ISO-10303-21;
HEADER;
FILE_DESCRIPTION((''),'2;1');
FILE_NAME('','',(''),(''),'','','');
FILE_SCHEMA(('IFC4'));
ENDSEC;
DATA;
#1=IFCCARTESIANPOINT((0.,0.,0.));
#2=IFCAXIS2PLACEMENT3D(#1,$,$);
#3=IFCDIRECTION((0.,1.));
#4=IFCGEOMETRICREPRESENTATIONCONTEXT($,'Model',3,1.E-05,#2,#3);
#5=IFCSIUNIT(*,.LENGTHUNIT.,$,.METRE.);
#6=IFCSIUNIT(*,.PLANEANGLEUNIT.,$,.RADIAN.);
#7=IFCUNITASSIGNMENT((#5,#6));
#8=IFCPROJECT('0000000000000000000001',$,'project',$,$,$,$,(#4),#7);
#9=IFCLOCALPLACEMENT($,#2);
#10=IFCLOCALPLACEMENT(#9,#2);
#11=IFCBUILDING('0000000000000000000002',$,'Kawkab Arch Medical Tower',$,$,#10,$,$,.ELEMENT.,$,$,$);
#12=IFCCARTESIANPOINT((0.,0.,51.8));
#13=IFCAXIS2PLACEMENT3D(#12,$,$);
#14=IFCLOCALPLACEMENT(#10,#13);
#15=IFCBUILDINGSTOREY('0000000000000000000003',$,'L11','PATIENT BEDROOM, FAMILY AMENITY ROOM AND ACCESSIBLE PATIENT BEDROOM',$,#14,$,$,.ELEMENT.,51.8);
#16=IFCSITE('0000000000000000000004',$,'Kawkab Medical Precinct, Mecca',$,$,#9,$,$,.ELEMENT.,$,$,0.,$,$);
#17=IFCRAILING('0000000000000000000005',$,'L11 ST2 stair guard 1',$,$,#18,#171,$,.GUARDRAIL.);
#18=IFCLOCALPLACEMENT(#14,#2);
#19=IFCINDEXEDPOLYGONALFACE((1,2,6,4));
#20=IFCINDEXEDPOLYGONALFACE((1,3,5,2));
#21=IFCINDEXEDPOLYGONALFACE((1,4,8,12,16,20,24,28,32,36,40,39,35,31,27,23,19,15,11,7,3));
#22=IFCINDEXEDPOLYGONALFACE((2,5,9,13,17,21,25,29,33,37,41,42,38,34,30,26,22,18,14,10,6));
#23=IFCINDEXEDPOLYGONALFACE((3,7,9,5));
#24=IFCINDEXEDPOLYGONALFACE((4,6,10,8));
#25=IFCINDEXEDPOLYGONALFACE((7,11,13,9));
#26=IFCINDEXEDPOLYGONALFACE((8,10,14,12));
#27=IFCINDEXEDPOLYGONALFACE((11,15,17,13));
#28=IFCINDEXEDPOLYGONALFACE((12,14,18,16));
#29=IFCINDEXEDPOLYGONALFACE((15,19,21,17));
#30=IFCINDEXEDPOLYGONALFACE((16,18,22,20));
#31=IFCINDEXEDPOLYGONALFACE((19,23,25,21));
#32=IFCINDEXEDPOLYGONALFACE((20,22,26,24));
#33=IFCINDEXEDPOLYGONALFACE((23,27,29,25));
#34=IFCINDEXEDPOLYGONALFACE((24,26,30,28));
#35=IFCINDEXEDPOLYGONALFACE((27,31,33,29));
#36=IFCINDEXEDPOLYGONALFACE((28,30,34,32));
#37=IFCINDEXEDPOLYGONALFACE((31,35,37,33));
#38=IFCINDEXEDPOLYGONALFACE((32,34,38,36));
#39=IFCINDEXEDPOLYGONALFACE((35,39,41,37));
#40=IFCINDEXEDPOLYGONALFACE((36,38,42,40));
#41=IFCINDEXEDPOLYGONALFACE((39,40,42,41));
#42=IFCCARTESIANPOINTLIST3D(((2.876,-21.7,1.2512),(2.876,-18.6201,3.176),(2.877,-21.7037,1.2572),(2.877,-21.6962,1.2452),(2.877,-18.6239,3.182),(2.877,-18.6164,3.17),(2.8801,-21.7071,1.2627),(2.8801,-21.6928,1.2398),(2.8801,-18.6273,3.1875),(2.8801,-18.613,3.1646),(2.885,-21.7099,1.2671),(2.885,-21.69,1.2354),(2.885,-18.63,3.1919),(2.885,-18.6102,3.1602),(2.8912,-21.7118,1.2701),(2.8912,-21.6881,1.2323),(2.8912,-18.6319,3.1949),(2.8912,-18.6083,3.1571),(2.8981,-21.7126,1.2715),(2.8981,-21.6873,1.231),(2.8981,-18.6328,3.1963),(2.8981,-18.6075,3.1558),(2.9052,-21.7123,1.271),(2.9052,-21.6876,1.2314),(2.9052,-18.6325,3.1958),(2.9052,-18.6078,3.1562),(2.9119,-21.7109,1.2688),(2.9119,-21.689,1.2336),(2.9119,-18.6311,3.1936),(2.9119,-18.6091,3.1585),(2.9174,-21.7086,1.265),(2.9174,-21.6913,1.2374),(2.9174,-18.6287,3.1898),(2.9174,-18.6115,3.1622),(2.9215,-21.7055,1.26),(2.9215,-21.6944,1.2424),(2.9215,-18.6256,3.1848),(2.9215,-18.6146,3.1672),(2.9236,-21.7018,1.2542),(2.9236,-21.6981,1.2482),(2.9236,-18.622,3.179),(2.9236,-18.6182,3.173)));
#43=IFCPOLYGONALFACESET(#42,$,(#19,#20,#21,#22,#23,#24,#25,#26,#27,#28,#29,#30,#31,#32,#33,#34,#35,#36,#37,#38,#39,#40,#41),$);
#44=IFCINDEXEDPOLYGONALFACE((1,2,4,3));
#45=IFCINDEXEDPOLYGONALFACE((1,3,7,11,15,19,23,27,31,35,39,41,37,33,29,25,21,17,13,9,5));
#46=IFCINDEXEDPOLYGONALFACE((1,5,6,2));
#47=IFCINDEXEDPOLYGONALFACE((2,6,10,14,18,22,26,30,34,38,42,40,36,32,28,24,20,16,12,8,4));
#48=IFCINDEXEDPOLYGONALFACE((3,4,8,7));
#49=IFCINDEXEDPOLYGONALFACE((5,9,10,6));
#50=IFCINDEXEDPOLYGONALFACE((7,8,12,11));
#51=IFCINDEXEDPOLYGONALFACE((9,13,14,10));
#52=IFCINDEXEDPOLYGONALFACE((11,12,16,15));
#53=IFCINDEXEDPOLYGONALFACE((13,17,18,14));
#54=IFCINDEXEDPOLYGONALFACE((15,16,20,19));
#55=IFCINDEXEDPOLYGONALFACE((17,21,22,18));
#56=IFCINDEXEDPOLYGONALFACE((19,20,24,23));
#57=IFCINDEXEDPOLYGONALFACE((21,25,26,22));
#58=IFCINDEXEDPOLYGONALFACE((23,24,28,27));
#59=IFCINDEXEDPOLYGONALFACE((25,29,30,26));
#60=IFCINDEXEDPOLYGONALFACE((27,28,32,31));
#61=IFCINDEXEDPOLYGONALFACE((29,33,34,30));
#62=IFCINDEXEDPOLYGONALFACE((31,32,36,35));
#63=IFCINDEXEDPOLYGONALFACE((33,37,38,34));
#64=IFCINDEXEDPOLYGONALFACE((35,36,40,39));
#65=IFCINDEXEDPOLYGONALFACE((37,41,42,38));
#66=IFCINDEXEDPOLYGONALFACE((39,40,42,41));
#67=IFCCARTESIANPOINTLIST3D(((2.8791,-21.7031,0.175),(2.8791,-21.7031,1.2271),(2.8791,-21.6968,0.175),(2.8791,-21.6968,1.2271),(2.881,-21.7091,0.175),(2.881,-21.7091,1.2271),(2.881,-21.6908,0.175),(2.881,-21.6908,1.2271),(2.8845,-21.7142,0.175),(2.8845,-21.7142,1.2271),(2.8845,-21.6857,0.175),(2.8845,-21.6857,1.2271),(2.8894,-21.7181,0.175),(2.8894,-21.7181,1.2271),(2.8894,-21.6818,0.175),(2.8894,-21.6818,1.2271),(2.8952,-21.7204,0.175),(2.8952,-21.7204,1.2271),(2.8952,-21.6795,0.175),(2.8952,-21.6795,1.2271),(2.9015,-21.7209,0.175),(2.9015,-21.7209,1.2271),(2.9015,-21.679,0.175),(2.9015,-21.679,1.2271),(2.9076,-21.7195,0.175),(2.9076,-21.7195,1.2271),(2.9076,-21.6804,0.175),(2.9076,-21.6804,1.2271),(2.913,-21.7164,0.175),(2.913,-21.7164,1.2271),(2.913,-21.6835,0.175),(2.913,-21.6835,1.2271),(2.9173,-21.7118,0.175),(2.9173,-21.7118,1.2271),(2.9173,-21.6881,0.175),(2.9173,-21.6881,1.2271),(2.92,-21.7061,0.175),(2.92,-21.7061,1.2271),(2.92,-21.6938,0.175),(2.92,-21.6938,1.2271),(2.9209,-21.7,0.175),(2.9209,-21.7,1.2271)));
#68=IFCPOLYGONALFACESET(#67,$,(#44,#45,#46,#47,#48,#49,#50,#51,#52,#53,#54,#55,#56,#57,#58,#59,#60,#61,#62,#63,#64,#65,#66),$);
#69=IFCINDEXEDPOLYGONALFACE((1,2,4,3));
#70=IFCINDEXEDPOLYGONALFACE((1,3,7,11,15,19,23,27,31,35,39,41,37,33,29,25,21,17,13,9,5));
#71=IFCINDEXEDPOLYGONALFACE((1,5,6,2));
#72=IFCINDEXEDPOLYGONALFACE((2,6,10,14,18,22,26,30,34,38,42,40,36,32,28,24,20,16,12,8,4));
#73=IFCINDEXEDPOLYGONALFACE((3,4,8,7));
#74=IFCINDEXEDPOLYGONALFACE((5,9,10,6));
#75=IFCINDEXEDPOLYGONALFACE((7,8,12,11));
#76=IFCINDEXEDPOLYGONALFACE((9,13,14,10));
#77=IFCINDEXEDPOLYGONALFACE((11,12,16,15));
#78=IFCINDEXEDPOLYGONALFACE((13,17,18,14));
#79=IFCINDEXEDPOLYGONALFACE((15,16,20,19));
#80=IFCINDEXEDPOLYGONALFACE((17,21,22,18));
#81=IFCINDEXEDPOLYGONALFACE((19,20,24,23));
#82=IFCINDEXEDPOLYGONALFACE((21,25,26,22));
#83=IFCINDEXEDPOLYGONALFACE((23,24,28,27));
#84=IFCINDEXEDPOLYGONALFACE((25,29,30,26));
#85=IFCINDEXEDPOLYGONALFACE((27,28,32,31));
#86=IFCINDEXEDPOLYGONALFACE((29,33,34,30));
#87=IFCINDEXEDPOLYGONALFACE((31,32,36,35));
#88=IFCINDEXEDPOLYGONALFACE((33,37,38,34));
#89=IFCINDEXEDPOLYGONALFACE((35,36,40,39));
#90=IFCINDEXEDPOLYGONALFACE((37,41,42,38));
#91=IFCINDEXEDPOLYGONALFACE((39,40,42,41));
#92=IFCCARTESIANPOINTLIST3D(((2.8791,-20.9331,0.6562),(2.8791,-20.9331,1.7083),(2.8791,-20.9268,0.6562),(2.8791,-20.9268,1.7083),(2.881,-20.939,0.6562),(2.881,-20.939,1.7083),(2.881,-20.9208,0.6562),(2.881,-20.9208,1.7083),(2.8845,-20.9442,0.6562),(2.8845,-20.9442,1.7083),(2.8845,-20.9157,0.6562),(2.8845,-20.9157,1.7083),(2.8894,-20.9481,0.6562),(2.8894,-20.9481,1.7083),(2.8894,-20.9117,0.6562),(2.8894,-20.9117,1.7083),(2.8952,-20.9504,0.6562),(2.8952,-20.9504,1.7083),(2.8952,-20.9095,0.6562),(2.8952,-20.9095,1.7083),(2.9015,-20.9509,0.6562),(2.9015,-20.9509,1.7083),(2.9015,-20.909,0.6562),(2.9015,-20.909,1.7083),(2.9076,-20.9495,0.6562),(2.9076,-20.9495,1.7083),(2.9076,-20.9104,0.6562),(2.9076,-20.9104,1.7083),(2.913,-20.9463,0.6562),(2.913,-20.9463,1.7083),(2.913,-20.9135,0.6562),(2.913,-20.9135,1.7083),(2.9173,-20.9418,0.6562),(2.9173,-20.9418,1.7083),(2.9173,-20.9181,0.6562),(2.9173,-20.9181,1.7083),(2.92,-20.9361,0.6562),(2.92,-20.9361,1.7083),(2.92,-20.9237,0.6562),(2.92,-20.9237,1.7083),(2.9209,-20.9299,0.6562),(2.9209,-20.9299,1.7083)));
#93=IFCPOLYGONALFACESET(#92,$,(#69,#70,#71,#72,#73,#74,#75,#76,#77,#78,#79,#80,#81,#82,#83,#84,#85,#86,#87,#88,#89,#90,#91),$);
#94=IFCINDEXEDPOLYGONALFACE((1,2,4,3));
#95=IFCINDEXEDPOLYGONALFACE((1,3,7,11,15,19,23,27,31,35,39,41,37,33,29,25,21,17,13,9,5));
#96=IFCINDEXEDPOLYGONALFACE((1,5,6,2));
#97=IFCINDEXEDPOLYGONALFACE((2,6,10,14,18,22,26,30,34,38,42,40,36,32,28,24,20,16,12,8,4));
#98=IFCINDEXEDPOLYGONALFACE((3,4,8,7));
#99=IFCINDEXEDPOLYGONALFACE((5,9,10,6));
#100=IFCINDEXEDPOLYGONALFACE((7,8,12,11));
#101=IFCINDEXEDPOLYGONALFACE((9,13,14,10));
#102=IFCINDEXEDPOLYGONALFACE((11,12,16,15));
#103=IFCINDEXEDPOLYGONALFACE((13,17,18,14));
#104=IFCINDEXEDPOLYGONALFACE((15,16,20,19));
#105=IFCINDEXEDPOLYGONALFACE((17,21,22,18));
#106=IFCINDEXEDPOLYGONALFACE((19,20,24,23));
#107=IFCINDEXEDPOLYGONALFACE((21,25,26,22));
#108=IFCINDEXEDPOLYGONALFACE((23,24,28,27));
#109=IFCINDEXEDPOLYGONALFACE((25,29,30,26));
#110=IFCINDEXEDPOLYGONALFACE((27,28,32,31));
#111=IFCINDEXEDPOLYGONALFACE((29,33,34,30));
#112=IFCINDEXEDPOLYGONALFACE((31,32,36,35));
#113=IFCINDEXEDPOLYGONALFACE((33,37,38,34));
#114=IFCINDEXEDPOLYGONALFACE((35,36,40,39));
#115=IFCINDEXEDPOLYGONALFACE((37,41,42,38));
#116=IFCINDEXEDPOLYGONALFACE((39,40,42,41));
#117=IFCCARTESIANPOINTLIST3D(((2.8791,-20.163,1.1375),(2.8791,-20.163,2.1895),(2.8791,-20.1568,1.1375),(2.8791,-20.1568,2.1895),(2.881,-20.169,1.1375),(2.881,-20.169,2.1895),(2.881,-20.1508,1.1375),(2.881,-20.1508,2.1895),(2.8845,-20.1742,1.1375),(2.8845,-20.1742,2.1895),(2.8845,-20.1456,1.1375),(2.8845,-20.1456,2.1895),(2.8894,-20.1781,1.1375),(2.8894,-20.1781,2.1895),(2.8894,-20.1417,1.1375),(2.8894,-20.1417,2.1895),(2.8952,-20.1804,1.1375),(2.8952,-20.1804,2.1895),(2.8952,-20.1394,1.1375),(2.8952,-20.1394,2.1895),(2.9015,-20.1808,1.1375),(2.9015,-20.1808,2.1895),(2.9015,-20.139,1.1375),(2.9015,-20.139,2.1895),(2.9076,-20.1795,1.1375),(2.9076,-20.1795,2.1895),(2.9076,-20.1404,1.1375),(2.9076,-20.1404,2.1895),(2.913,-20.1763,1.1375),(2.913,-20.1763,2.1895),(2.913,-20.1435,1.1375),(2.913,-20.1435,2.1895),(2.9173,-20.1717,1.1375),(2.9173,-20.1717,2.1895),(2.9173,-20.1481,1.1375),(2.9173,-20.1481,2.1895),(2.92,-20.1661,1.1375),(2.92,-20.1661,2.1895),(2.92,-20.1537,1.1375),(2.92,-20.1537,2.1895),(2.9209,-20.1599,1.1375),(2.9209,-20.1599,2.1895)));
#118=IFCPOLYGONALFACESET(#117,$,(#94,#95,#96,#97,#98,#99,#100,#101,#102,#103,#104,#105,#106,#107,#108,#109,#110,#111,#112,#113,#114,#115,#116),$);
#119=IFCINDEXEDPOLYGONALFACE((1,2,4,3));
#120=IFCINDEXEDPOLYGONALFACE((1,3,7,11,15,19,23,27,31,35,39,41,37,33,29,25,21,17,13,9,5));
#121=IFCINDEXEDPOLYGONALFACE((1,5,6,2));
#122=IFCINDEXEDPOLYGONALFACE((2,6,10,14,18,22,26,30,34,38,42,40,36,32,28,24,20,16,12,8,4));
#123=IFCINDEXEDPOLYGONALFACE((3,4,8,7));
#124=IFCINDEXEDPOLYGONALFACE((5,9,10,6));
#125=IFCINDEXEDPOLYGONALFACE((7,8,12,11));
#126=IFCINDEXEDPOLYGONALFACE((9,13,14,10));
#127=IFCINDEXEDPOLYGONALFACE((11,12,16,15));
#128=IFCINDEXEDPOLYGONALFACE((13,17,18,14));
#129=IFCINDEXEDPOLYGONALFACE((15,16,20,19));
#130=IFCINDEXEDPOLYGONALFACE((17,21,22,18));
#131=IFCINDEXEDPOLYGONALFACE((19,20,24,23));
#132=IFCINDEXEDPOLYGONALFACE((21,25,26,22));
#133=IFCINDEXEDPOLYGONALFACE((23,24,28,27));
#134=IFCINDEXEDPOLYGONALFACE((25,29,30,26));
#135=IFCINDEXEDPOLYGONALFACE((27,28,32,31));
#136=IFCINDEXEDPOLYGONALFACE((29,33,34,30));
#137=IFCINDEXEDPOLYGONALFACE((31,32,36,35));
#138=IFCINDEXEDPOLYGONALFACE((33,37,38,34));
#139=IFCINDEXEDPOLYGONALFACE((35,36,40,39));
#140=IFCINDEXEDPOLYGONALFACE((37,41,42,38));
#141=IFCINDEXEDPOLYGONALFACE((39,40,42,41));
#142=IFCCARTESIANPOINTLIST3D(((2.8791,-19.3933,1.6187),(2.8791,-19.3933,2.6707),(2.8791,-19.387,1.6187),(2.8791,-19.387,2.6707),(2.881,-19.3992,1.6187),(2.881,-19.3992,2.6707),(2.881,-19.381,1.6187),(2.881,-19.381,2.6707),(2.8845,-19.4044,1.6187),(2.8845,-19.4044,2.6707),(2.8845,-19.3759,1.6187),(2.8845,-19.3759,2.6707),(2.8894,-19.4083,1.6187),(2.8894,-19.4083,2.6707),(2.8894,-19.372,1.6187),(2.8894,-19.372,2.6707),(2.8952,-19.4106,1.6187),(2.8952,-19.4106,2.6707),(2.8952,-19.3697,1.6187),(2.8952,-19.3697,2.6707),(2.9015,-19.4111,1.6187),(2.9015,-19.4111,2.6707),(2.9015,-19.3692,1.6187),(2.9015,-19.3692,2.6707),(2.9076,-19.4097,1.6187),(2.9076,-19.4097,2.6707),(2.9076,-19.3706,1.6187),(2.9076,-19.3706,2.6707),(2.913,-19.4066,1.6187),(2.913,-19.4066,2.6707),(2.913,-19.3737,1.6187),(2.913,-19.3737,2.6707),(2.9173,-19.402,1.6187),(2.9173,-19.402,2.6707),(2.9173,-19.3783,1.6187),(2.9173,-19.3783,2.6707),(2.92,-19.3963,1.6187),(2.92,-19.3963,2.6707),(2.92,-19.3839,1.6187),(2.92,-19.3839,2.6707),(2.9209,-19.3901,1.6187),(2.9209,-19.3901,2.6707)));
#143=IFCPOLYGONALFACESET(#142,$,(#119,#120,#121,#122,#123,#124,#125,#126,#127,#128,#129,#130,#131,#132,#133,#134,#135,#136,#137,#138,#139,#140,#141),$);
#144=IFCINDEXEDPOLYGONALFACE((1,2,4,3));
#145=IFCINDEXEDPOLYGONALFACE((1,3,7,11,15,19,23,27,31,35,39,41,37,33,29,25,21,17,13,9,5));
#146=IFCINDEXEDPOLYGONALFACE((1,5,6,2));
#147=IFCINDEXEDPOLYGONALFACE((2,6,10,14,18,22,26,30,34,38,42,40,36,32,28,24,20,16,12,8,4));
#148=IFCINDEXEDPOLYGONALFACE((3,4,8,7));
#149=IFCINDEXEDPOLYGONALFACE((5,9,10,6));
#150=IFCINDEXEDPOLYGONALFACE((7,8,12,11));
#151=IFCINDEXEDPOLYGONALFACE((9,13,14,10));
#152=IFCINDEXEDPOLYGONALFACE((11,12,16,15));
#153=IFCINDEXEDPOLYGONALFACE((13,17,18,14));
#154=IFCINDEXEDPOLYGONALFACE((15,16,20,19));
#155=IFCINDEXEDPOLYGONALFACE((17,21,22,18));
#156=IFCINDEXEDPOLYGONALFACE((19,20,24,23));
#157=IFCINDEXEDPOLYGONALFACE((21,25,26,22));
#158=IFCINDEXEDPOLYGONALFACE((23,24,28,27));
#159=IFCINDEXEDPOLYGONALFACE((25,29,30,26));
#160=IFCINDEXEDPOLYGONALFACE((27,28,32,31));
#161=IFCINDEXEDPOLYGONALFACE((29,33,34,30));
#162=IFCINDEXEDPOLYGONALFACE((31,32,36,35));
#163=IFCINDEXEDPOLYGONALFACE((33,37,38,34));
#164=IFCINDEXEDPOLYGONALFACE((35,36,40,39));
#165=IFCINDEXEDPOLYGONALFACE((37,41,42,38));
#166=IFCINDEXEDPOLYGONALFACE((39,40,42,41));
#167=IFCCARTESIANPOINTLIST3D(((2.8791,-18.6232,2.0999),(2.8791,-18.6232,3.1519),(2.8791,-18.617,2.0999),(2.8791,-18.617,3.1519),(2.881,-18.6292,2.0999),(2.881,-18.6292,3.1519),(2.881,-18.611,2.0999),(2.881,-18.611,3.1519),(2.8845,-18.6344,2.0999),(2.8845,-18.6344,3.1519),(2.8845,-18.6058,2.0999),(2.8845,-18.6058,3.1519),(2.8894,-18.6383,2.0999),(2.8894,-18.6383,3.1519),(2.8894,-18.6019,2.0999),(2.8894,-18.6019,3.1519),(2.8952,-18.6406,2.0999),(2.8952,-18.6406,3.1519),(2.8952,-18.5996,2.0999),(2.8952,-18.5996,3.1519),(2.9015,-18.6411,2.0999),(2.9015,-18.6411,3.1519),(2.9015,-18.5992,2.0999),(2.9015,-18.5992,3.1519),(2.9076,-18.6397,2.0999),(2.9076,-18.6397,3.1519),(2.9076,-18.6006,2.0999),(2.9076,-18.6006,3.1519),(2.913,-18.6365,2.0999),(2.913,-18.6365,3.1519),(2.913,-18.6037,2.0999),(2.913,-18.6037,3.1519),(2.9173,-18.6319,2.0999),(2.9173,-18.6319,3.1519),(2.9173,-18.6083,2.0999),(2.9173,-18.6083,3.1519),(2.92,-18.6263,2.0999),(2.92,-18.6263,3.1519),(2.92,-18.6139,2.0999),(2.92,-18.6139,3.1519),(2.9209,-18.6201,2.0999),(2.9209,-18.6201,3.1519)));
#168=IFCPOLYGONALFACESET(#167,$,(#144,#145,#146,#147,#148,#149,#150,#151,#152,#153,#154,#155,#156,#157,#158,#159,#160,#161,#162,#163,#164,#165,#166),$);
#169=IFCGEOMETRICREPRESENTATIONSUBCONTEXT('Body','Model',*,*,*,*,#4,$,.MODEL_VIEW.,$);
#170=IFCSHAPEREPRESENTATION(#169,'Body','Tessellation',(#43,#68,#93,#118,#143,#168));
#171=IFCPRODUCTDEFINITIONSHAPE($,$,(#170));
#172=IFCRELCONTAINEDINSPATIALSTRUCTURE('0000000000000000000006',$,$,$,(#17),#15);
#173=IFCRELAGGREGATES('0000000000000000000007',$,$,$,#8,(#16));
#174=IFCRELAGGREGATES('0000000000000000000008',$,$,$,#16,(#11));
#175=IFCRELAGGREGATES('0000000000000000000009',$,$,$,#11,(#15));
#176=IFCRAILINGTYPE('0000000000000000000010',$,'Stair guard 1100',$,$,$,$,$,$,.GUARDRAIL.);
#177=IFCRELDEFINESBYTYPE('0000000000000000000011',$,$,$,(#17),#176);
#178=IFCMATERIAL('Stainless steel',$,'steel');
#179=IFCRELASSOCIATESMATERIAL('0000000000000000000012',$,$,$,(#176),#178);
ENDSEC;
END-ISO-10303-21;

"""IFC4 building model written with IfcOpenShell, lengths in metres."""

from ifc_helpers import new_model, si_unit, direction, frame, origin, origin_2d, place, context, subcontext, project, spatial, circle, extrude, material, type_object, element, save


model = new_model("IFC4")

# Units and contexts
model_context = context("Model", 3, precision=1e-05, world=origin(), true_north=direction((0.0, 1.0)))
body_context = subcontext(model_context, "Body", "Model", "MODEL_VIEW")
ifc_project = project(units=[si_unit("LENGTHUNIT", "METRE"), si_unit("PLANEANGLEUNIT", "RADIAN")], contexts=[model_context])

# Site, building, storey
site_placement = place(None, origin())
site = spatial("IfcSite", under=ifc_project, at=site_placement, Name="Kawkab Medical Precinct, Mecca", CompositionType="ELEMENT", RefElevation=0.0)
building_placement = place(site_placement, origin())
building = spatial("IfcBuilding", under=site, at=building_placement, Name="Kawkab Arch Medical Tower", CompositionType="ELEMENT")
storey_placement = place(building_placement, frame((0.0, 0.0, 51.8)))
storey = spatial("IfcBuildingStorey", under=building, at=storey_placement, Name="L11", Description="PATIENT BEDROOM, FAMILY AMENITY ROOM AND ACCESSIBLE PATIENT BEDROOM", CompositionType="ELEMENT", Elevation=51.8)

# Railing
ifc_material_1 = material(Name="Stainless steel", Category="steel")
railing_type = type_object("IfcRailingType", Name="Stair guard 1100", PredefinedType="GUARDRAIL", material=ifc_material_1)
railing_1_placement = place(storey_placement, frame((2.8999, -21.7, 0.175)))
element("IfcRailing", 1, at=railing_1_placement, inside=storey, type_object=railing_type, Name="L11 ST2 stair guard 1", PredefinedType="GUARDRAIL", context=body_context, shape_type="SweptSolid", body=[
    extrude(circle(Radius=0.0239, at=origin_2d()), frame((0.0, 0.0, 1.0762), z_axis=(0.0, 0.84801, 0.529981), x_axis=(-1.0, 0.0, 0.0)), (0.0, 0.0, 1.0), 3.6318),
    extrude(circle(Radius=0.021, at=origin_2d()), origin(), (0.0, 0.0, 1.0), 1.052),
    extrude(circle(Radius=0.021, at=origin_2d()), frame((0.0, 0.77, 0.4812)), (0.0, 0.0, 1.0), 1.052),
    extrude(circle(Radius=0.021, at=origin_2d()), frame((0.0, 1.54, 0.9624)), (0.0, 0.0, 1.0), 1.052),
    extrude(circle(Radius=0.021, at=origin_2d()), frame((0.0, 2.3098, 1.4436)), (0.0, 0.0, 1.0), 1.052),
    extrude(circle(Radius=0.021, at=origin_2d()), frame((0.0, 3.0798, 1.9248)), (0.0, 0.0, 1.0), 1.052),
])

save(model, "model.ifc")
